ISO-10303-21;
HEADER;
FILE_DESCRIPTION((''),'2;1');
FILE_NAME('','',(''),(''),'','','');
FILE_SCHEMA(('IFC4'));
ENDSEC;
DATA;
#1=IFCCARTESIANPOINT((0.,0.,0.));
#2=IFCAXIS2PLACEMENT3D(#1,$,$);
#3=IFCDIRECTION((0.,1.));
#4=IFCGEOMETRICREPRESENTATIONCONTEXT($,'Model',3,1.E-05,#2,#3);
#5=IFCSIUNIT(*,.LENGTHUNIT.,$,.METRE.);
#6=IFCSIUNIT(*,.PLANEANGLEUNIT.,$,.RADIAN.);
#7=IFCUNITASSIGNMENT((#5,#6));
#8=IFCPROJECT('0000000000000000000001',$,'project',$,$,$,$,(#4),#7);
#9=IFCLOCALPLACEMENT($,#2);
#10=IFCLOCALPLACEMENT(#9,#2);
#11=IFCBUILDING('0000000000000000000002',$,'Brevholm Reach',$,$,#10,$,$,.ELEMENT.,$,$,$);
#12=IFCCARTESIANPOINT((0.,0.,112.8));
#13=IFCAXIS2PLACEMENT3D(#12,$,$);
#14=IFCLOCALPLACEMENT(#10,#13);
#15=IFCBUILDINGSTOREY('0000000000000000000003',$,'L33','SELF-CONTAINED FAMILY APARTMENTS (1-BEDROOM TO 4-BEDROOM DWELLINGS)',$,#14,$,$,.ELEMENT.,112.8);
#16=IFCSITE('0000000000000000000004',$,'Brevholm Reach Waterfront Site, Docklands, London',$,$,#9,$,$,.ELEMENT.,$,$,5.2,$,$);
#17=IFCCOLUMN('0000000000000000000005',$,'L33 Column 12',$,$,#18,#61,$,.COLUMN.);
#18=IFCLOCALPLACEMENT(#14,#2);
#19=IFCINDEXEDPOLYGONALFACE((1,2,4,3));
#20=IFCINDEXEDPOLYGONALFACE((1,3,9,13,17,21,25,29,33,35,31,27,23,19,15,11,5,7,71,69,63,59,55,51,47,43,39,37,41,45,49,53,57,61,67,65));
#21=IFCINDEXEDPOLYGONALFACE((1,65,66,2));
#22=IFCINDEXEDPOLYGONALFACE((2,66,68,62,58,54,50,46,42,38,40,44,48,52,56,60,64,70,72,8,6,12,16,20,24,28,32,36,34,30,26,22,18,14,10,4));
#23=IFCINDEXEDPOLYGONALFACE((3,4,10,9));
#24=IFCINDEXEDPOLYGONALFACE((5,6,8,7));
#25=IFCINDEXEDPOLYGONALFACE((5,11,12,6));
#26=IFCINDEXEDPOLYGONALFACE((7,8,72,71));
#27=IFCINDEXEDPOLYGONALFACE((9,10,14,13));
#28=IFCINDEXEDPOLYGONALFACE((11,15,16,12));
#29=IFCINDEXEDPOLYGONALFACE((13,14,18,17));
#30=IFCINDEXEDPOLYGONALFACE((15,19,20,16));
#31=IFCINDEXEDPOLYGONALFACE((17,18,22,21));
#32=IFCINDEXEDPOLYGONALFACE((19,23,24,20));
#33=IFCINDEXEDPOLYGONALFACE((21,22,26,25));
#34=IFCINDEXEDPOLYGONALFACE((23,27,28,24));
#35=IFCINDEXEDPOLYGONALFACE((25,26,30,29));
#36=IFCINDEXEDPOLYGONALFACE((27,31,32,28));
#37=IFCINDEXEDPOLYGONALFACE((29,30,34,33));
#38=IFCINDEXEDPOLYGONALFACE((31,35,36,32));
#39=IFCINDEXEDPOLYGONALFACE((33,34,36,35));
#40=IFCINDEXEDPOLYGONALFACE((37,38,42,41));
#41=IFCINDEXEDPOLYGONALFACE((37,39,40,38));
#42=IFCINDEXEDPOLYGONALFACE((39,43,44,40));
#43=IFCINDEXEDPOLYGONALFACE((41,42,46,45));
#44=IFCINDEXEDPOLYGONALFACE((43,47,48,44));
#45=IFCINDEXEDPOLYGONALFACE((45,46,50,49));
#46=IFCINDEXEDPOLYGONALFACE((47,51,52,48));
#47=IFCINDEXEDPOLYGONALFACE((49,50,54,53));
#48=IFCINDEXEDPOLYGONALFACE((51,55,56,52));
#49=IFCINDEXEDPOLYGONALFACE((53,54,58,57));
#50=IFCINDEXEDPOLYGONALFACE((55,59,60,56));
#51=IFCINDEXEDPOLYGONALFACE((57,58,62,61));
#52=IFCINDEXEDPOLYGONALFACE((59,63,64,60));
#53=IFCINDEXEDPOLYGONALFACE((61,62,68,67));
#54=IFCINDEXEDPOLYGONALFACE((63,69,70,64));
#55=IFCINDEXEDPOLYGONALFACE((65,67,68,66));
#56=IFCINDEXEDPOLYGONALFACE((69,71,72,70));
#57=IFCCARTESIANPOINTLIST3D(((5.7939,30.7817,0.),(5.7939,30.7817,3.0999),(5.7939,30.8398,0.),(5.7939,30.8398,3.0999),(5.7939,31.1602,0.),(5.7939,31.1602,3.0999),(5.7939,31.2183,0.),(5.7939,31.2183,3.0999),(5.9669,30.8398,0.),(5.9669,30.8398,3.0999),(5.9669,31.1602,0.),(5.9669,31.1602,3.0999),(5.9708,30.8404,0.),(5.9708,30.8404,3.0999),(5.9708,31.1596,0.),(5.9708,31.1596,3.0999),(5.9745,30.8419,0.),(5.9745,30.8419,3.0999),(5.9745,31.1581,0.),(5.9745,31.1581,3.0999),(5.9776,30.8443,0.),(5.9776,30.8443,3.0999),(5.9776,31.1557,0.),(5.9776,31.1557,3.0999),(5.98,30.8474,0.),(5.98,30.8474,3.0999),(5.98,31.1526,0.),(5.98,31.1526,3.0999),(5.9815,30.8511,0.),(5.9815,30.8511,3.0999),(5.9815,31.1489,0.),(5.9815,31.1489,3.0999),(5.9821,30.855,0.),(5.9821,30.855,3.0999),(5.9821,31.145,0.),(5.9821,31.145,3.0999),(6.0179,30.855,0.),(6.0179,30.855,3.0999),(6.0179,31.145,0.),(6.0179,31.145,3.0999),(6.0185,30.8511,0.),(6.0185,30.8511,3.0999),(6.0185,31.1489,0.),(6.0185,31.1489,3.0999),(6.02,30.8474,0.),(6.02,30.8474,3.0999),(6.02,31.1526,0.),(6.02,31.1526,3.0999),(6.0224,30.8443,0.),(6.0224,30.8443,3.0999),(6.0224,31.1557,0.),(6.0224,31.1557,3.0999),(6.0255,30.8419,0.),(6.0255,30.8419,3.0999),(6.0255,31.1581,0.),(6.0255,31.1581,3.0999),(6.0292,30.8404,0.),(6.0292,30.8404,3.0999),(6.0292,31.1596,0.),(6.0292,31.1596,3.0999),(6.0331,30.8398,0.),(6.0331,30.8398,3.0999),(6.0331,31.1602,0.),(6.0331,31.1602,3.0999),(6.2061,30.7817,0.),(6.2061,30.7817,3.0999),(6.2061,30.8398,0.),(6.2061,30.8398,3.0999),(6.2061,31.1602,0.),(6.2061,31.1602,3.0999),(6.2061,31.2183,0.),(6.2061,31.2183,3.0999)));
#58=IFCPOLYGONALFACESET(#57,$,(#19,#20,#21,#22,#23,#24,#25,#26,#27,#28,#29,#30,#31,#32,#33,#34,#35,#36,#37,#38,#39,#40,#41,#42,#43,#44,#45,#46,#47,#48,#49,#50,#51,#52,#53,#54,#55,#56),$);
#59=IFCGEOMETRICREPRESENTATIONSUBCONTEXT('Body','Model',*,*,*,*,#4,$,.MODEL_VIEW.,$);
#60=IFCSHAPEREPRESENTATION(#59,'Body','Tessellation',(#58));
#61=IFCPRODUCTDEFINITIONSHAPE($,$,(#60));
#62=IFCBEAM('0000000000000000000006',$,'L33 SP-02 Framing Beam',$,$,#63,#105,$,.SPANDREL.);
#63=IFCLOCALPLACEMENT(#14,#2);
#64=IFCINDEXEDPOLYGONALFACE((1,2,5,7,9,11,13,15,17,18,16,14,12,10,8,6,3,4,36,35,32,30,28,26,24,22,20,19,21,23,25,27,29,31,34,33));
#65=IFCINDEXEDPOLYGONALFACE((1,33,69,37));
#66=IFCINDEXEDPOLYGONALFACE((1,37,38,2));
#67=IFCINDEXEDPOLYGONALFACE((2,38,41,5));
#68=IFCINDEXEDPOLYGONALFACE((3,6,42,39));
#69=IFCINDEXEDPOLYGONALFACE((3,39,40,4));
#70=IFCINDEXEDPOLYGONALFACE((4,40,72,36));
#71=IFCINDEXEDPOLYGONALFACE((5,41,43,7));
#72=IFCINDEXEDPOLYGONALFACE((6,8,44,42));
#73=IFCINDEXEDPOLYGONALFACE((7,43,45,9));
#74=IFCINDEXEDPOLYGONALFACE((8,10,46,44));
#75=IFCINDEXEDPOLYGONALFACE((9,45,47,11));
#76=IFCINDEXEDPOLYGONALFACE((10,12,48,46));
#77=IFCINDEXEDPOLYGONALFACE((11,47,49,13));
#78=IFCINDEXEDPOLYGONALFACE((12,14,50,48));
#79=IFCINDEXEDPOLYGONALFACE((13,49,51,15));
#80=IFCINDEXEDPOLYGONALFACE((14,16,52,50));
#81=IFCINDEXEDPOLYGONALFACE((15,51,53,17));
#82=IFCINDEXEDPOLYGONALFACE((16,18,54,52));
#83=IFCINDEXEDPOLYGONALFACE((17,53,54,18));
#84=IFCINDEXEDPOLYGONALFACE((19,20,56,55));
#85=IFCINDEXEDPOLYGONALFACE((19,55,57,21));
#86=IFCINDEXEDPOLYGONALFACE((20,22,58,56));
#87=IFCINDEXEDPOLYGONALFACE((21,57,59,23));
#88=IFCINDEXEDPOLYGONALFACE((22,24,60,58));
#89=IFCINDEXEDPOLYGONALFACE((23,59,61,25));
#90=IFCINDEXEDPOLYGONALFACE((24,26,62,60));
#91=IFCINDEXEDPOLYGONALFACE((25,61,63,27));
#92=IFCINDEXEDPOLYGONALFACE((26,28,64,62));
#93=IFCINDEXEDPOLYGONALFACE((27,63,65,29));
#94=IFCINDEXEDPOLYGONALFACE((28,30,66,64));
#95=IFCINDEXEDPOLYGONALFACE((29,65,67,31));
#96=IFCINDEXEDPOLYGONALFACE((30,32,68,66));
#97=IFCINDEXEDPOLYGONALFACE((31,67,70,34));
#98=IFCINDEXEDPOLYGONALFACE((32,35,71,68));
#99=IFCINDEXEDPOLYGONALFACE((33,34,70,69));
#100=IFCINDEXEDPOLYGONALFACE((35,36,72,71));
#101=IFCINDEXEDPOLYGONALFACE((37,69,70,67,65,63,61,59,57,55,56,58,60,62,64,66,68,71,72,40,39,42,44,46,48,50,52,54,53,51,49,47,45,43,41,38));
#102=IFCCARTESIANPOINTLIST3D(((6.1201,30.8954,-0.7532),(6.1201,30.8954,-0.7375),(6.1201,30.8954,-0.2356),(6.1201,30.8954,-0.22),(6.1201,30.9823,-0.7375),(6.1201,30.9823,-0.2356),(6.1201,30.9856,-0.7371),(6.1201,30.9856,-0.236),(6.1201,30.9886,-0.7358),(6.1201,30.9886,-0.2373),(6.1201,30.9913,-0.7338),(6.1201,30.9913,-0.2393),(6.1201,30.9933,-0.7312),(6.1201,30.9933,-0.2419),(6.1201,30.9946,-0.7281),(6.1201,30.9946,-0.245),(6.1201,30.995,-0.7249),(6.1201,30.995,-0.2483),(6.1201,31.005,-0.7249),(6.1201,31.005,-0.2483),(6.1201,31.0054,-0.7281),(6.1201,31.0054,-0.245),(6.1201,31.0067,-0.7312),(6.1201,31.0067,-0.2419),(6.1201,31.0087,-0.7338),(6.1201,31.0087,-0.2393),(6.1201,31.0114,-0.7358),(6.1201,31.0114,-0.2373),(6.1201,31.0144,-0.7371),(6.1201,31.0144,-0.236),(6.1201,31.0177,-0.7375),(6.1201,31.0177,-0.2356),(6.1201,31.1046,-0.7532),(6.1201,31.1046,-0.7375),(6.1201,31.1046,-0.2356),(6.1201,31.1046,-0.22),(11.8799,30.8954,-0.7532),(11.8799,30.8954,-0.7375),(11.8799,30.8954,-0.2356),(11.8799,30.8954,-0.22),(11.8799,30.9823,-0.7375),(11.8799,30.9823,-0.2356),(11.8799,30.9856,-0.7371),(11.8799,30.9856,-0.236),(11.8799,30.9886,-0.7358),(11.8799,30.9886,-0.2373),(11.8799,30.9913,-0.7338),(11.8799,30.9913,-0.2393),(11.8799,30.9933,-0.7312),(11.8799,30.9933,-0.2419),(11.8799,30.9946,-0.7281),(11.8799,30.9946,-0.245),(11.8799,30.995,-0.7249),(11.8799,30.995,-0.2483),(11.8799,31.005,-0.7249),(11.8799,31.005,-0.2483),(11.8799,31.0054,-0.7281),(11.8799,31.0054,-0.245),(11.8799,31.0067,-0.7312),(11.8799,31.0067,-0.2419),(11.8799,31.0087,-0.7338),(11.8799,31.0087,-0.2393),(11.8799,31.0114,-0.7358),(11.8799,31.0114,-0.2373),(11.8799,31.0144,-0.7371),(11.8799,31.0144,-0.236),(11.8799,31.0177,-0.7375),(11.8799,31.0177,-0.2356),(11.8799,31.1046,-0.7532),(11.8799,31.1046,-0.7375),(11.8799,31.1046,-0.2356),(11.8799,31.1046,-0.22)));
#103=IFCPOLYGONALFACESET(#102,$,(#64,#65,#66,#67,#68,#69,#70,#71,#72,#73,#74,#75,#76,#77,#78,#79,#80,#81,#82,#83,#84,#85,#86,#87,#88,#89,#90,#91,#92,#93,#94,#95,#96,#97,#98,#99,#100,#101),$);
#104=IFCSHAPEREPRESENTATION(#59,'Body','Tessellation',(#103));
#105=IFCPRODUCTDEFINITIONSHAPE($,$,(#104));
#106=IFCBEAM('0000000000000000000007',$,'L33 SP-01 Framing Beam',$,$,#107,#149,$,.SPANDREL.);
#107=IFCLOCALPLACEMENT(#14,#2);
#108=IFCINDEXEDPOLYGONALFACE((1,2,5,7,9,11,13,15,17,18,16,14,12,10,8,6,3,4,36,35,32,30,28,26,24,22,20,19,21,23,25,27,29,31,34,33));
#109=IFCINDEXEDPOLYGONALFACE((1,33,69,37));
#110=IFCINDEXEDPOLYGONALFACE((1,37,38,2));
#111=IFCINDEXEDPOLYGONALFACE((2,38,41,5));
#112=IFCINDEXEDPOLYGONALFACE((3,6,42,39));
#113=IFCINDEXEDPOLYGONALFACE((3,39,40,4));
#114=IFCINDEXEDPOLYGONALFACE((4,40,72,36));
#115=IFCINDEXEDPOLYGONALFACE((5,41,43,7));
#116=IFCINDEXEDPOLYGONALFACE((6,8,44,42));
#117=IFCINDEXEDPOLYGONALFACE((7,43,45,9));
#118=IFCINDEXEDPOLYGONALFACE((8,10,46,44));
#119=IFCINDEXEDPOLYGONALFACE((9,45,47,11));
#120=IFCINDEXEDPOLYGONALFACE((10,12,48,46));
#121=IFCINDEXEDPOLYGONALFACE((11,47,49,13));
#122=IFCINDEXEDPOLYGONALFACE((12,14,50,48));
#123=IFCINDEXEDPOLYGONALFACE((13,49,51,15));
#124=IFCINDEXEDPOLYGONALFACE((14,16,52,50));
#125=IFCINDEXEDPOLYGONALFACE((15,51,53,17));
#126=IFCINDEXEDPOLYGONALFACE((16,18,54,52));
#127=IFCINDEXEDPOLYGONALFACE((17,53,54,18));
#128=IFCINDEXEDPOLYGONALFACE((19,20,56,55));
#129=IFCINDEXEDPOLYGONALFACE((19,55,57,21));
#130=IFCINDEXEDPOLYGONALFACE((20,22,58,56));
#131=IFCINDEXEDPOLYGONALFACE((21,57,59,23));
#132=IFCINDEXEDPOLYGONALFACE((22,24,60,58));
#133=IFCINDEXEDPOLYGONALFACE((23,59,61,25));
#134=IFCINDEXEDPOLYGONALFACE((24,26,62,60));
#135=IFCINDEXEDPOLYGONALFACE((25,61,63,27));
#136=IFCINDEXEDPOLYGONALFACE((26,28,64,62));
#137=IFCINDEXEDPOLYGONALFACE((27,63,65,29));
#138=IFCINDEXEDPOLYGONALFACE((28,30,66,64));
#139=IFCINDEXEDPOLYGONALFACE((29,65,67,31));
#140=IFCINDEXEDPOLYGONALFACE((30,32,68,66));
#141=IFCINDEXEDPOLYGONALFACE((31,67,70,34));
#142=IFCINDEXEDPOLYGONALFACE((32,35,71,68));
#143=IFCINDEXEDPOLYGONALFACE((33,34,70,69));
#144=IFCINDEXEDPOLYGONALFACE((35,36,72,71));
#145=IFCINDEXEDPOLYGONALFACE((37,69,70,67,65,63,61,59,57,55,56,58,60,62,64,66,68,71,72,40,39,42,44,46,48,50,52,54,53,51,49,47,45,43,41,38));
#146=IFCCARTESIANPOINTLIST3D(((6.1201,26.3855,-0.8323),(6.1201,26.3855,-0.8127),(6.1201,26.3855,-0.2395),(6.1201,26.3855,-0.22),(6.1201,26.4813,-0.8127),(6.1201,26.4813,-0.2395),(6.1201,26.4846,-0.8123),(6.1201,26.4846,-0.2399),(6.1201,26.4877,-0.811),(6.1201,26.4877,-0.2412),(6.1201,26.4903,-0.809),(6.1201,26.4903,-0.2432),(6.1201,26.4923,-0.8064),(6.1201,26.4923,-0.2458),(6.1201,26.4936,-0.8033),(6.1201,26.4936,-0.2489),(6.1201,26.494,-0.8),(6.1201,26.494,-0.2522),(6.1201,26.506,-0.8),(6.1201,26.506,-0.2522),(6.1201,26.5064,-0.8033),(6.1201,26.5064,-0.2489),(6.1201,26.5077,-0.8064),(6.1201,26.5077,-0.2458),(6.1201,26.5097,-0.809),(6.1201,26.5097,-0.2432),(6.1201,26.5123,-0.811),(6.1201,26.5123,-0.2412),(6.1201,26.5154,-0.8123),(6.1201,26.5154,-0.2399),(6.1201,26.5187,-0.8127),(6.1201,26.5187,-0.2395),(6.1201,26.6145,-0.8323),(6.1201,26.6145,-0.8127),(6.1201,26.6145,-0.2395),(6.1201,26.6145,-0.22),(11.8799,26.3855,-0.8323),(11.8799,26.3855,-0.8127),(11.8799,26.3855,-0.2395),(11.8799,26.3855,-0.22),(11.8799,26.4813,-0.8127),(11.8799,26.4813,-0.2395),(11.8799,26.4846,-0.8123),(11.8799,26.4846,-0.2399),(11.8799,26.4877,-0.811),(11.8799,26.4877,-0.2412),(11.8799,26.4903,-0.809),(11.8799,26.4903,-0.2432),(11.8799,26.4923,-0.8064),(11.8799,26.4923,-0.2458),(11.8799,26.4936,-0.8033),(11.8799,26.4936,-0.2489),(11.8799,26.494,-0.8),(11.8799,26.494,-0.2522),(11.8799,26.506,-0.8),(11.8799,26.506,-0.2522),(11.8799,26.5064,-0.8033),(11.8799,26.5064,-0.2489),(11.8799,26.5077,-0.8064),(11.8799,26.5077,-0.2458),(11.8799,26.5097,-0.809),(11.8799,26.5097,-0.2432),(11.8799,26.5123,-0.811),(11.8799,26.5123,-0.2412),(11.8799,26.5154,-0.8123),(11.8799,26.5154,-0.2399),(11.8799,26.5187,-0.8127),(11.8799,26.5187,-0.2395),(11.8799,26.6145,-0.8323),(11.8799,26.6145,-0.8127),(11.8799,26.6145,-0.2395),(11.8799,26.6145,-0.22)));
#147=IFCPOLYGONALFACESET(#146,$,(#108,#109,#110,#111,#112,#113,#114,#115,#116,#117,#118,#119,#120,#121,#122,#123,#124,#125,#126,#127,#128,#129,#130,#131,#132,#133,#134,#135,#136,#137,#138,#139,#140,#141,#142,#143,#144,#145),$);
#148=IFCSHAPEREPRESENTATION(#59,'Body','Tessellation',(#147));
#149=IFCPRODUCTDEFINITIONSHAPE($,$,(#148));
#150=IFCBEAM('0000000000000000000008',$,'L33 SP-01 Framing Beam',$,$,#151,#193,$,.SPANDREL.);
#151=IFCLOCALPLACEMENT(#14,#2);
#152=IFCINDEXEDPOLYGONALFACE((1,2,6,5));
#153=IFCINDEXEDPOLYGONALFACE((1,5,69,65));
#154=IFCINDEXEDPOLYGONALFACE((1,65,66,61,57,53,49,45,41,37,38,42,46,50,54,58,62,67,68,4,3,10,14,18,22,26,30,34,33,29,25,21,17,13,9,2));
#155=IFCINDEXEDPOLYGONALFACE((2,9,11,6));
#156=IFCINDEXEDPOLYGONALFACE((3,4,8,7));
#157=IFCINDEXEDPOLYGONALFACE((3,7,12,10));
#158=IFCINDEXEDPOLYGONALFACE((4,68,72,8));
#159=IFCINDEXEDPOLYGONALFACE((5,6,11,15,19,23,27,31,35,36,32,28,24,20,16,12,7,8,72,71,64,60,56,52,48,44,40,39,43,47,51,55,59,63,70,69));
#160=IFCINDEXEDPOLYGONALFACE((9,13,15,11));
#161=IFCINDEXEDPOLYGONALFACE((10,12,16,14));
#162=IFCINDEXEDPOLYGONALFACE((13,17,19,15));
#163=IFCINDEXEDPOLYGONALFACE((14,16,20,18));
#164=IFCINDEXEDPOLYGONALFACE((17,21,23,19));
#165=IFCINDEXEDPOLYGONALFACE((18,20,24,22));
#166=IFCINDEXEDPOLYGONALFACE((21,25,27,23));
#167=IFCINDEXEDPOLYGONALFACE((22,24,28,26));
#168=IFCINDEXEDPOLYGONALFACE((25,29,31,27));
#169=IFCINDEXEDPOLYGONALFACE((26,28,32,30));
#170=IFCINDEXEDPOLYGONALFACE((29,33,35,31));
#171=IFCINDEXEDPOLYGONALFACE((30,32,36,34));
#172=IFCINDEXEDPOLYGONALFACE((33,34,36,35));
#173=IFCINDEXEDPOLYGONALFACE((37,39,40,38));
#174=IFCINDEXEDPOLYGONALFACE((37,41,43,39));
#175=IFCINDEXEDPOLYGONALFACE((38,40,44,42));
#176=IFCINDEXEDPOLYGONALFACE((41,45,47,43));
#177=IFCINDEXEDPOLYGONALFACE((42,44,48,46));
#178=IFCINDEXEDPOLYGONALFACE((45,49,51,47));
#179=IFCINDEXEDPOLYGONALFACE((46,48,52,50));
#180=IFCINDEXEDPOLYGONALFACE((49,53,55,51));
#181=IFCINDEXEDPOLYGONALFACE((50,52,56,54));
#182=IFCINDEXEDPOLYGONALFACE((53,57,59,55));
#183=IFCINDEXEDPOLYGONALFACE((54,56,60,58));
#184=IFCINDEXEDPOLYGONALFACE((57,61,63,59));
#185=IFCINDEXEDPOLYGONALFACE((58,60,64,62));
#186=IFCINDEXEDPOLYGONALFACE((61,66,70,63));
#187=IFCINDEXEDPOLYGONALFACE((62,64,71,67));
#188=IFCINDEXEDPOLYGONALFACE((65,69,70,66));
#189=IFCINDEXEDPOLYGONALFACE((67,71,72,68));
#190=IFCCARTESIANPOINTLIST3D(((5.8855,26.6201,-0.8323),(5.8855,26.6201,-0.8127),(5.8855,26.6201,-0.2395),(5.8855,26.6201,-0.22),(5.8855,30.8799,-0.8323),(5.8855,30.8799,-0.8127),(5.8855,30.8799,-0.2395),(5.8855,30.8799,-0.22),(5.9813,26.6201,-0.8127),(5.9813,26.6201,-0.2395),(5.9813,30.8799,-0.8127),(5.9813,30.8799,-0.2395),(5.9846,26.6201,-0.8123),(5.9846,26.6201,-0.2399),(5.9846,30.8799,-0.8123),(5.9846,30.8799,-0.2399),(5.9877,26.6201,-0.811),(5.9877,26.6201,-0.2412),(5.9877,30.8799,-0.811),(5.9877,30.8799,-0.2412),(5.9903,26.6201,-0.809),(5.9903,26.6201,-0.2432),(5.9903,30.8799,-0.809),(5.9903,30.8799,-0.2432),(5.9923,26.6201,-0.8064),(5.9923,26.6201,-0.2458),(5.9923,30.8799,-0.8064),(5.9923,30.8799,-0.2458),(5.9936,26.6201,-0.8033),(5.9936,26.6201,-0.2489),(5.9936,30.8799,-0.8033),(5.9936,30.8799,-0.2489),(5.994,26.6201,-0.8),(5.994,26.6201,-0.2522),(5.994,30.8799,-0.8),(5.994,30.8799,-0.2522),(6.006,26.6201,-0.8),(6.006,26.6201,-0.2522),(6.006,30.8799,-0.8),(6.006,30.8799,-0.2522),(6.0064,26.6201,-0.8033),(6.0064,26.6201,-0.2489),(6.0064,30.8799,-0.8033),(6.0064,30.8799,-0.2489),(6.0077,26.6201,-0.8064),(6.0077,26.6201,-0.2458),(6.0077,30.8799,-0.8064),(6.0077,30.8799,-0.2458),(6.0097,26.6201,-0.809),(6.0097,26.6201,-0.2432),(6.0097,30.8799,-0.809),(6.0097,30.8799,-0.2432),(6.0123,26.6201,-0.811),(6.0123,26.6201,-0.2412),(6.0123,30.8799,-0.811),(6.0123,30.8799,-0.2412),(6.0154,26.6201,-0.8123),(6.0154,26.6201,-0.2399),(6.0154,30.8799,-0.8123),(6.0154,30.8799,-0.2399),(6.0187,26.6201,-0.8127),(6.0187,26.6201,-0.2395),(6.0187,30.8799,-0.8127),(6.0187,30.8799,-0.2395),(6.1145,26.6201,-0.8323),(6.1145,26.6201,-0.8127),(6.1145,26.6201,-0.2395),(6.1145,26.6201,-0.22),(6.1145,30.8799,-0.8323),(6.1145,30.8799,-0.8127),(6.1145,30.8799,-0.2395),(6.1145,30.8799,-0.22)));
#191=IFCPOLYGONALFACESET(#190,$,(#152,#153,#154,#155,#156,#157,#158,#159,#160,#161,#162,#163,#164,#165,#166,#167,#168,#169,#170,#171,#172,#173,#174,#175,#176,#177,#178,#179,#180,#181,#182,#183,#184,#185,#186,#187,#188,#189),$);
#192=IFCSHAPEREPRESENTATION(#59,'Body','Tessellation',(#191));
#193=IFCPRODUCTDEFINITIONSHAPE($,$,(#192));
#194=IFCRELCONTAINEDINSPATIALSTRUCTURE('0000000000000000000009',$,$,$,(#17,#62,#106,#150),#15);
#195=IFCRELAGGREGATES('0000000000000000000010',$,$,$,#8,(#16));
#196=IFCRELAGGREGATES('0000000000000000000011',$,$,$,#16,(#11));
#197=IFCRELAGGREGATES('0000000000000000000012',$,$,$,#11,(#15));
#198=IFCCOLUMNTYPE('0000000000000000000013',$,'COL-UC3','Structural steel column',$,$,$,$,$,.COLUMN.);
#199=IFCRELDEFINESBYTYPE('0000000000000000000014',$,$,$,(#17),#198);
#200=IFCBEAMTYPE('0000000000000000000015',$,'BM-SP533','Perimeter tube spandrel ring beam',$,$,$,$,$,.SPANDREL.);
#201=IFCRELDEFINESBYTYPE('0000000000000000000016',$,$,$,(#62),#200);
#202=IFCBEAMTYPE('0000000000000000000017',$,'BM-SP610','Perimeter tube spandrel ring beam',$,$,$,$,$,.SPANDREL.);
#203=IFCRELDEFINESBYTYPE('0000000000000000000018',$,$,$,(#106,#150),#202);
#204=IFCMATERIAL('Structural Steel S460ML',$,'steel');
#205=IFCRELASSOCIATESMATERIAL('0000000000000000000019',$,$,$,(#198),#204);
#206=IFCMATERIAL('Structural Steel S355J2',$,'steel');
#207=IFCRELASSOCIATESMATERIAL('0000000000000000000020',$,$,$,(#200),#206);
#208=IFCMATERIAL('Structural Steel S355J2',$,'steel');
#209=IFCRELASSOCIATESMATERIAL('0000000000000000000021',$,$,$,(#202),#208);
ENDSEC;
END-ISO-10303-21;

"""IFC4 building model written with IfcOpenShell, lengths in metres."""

from ifc_helpers import new_model, si_unit, direction, frame, origin, origin_2d, place, context, subcontext, project, spatial, i_section, extrude, material, material_profile, profile_set, type_object, element, save


model = new_model("IFC4")

# Units and contexts
model_context = context("Model", 3, precision=1e-05, world=origin(), true_north=direction((0.0, 1.0)))
body_context = subcontext(model_context, "Body", "Model", "MODEL_VIEW")
ifc_project = project(units=[si_unit("LENGTHUNIT", "METRE"), si_unit("PLANEANGLEUNIT", "RADIAN")], contexts=[model_context])

# Site, building, storey
site_placement = place(None, origin())
site = spatial("IfcSite", under=ifc_project, at=site_placement, Name="Brevholm Reach Waterfront Site, Docklands, London", CompositionType="ELEMENT", RefElevation=5.2)
building_placement = place(site_placement, origin())
building = spatial("IfcBuilding", under=site, at=building_placement, Name="Brevholm Reach", CompositionType="ELEMENT")
storey_placement = place(building_placement, frame((0.0, 0.0, 112.8)))
storey = spatial("IfcBuildingStorey", under=building, at=storey_placement, Name="L33", Description="SELF-CONTAINED FAMILY APARTMENTS (1-BEDROOM TO 4-BEDROOM DWELLINGS)", CompositionType="ELEMENT", Elevation=112.8)

# Column
ifc_material_1 = material(Name="Structural Steel S460ML", Category="steel")
ifc_material_profile_1 = material_profile(ifc_material_1, i_section(OverallWidth=0.4121, OverallDepth=0.4365, WebThickness=0.0359, FlangeThickness=0.0581, FilletRadius=0.0151, at=origin_2d()), Name="UKC 356x406x467")
ifc_profile_set_1 = profile_set([ifc_material_profile_1], Name="Structural Steel S460ML")
column_type = type_object("IfcColumnType", Name="COL-UC3", Description="Structural steel column", PredefinedType="COLUMN", material=ifc_profile_set_1)
column_placement = place(storey_placement, frame((6.0, 31.0, 0.0), z_axis=(0.0, 0.0, 1.0), x_axis=(1.0, 0.0, 0.0)))
element("IfcColumn", 1, at=column_placement, inside=storey, type_object=column_type, Name="L33 Column 12", PredefinedType="COLUMN", context=body_context, shape_type="SweptSolid", body=[
    extrude(i_section(OverallWidth=0.4121, OverallDepth=0.4365, WebThickness=0.0359, FlangeThickness=0.0581, FilletRadius=0.0151, at=origin_2d()), origin(), (0.0, 0.0, 1.0), 3.0999),
])

# Beams
ifc_material_2 = material(Name="Structural Steel S355J2", Category="steel")
ifc_material_profile_2 = material_profile(ifc_material_2, i_section(OverallWidth=0.2092, OverallDepth=0.5332, WebThickness=0.01, FlangeThickness=0.0156, FilletRadius=0.0127, at=origin_2d()), Name="UKB 533x210x92")
ifc_profile_set_2 = profile_set([ifc_material_profile_2], Name="Structural Steel S355J2")
beam_type_1 = type_object("IfcBeamType", Name="BM-SP533", Description="Perimeter tube spandrel ring beam", PredefinedType="SPANDREL", material=ifc_profile_set_2)
beam_1_placement = place(storey_placement, frame((6.1201, 31.0, -0.4866), z_axis=(1.0, 0.0, 0.0), x_axis=(0.0, 1.0, 0.0)))
element("IfcBeam", 2, at=beam_1_placement, inside=storey, type_object=beam_type_1, Name="L33 SP-02 Framing Beam", PredefinedType="SPANDREL", context=body_context, shape_type="SweptSolid", body=[
    extrude(i_section(OverallWidth=0.2092, OverallDepth=0.5332, WebThickness=0.01, FlangeThickness=0.0156, FilletRadius=0.0127, at=origin_2d()), origin(), (0.0, 0.0, 1.0), 5.7598),
])
ifc_material_3 = material(Name="Structural Steel S355J2", Category="steel")
ifc_material_profile_3 = material_profile(ifc_material_3, i_section(OverallWidth=0.229, OverallDepth=0.6123, WebThickness=0.012, FlangeThickness=0.0195, FilletRadius=0.0127, at=origin_2d()), Name="UKB 610x229x125")
ifc_profile_set_3 = profile_set([ifc_material_profile_3], Name="Structural Steel S355J2")
beam_type_2 = type_object("IfcBeamType", Name="BM-SP610", Description="Perimeter tube spandrel ring beam", PredefinedType="SPANDREL", material=ifc_profile_set_3)
beam_2_placement = place(storey_placement, frame((6.1201, 26.5, -0.5261), z_axis=(1.0, 0.0, 0.0), x_axis=(0.0, 1.0, 0.0)))
element("IfcBeam", 3, at=beam_2_placement, inside=storey, type_object=beam_type_2, Name="L33 SP-01 Framing Beam", PredefinedType="SPANDREL", context=body_context, shape_type="SweptSolid", body=[
    extrude(i_section(OverallWidth=0.229, OverallDepth=0.6123, WebThickness=0.012, FlangeThickness=0.0195, FilletRadius=0.0127, at=origin_2d()), origin(), (0.0, 0.0, 1.0), 5.7598),
])
beam_3_placement = place(storey_placement, frame((6.0, 26.6201, -0.5261), z_axis=(0.0, 1.0, 0.0), x_axis=(-1.0, 0.0, 0.0)))
element("IfcBeam", 4, at=beam_3_placement, inside=storey, type_object=beam_type_2, Name="L33 SP-01 Framing Beam", PredefinedType="SPANDREL", context=body_context, shape_type="SweptSolid", body=[
    extrude(i_section(OverallWidth=0.229, OverallDepth=0.6123, WebThickness=0.012, FlangeThickness=0.0195, FilletRadius=0.0127, at=origin_2d()), origin(), (0.0, 0.0, 1.0), 4.2598),
])

save(model, "model.ifc")
